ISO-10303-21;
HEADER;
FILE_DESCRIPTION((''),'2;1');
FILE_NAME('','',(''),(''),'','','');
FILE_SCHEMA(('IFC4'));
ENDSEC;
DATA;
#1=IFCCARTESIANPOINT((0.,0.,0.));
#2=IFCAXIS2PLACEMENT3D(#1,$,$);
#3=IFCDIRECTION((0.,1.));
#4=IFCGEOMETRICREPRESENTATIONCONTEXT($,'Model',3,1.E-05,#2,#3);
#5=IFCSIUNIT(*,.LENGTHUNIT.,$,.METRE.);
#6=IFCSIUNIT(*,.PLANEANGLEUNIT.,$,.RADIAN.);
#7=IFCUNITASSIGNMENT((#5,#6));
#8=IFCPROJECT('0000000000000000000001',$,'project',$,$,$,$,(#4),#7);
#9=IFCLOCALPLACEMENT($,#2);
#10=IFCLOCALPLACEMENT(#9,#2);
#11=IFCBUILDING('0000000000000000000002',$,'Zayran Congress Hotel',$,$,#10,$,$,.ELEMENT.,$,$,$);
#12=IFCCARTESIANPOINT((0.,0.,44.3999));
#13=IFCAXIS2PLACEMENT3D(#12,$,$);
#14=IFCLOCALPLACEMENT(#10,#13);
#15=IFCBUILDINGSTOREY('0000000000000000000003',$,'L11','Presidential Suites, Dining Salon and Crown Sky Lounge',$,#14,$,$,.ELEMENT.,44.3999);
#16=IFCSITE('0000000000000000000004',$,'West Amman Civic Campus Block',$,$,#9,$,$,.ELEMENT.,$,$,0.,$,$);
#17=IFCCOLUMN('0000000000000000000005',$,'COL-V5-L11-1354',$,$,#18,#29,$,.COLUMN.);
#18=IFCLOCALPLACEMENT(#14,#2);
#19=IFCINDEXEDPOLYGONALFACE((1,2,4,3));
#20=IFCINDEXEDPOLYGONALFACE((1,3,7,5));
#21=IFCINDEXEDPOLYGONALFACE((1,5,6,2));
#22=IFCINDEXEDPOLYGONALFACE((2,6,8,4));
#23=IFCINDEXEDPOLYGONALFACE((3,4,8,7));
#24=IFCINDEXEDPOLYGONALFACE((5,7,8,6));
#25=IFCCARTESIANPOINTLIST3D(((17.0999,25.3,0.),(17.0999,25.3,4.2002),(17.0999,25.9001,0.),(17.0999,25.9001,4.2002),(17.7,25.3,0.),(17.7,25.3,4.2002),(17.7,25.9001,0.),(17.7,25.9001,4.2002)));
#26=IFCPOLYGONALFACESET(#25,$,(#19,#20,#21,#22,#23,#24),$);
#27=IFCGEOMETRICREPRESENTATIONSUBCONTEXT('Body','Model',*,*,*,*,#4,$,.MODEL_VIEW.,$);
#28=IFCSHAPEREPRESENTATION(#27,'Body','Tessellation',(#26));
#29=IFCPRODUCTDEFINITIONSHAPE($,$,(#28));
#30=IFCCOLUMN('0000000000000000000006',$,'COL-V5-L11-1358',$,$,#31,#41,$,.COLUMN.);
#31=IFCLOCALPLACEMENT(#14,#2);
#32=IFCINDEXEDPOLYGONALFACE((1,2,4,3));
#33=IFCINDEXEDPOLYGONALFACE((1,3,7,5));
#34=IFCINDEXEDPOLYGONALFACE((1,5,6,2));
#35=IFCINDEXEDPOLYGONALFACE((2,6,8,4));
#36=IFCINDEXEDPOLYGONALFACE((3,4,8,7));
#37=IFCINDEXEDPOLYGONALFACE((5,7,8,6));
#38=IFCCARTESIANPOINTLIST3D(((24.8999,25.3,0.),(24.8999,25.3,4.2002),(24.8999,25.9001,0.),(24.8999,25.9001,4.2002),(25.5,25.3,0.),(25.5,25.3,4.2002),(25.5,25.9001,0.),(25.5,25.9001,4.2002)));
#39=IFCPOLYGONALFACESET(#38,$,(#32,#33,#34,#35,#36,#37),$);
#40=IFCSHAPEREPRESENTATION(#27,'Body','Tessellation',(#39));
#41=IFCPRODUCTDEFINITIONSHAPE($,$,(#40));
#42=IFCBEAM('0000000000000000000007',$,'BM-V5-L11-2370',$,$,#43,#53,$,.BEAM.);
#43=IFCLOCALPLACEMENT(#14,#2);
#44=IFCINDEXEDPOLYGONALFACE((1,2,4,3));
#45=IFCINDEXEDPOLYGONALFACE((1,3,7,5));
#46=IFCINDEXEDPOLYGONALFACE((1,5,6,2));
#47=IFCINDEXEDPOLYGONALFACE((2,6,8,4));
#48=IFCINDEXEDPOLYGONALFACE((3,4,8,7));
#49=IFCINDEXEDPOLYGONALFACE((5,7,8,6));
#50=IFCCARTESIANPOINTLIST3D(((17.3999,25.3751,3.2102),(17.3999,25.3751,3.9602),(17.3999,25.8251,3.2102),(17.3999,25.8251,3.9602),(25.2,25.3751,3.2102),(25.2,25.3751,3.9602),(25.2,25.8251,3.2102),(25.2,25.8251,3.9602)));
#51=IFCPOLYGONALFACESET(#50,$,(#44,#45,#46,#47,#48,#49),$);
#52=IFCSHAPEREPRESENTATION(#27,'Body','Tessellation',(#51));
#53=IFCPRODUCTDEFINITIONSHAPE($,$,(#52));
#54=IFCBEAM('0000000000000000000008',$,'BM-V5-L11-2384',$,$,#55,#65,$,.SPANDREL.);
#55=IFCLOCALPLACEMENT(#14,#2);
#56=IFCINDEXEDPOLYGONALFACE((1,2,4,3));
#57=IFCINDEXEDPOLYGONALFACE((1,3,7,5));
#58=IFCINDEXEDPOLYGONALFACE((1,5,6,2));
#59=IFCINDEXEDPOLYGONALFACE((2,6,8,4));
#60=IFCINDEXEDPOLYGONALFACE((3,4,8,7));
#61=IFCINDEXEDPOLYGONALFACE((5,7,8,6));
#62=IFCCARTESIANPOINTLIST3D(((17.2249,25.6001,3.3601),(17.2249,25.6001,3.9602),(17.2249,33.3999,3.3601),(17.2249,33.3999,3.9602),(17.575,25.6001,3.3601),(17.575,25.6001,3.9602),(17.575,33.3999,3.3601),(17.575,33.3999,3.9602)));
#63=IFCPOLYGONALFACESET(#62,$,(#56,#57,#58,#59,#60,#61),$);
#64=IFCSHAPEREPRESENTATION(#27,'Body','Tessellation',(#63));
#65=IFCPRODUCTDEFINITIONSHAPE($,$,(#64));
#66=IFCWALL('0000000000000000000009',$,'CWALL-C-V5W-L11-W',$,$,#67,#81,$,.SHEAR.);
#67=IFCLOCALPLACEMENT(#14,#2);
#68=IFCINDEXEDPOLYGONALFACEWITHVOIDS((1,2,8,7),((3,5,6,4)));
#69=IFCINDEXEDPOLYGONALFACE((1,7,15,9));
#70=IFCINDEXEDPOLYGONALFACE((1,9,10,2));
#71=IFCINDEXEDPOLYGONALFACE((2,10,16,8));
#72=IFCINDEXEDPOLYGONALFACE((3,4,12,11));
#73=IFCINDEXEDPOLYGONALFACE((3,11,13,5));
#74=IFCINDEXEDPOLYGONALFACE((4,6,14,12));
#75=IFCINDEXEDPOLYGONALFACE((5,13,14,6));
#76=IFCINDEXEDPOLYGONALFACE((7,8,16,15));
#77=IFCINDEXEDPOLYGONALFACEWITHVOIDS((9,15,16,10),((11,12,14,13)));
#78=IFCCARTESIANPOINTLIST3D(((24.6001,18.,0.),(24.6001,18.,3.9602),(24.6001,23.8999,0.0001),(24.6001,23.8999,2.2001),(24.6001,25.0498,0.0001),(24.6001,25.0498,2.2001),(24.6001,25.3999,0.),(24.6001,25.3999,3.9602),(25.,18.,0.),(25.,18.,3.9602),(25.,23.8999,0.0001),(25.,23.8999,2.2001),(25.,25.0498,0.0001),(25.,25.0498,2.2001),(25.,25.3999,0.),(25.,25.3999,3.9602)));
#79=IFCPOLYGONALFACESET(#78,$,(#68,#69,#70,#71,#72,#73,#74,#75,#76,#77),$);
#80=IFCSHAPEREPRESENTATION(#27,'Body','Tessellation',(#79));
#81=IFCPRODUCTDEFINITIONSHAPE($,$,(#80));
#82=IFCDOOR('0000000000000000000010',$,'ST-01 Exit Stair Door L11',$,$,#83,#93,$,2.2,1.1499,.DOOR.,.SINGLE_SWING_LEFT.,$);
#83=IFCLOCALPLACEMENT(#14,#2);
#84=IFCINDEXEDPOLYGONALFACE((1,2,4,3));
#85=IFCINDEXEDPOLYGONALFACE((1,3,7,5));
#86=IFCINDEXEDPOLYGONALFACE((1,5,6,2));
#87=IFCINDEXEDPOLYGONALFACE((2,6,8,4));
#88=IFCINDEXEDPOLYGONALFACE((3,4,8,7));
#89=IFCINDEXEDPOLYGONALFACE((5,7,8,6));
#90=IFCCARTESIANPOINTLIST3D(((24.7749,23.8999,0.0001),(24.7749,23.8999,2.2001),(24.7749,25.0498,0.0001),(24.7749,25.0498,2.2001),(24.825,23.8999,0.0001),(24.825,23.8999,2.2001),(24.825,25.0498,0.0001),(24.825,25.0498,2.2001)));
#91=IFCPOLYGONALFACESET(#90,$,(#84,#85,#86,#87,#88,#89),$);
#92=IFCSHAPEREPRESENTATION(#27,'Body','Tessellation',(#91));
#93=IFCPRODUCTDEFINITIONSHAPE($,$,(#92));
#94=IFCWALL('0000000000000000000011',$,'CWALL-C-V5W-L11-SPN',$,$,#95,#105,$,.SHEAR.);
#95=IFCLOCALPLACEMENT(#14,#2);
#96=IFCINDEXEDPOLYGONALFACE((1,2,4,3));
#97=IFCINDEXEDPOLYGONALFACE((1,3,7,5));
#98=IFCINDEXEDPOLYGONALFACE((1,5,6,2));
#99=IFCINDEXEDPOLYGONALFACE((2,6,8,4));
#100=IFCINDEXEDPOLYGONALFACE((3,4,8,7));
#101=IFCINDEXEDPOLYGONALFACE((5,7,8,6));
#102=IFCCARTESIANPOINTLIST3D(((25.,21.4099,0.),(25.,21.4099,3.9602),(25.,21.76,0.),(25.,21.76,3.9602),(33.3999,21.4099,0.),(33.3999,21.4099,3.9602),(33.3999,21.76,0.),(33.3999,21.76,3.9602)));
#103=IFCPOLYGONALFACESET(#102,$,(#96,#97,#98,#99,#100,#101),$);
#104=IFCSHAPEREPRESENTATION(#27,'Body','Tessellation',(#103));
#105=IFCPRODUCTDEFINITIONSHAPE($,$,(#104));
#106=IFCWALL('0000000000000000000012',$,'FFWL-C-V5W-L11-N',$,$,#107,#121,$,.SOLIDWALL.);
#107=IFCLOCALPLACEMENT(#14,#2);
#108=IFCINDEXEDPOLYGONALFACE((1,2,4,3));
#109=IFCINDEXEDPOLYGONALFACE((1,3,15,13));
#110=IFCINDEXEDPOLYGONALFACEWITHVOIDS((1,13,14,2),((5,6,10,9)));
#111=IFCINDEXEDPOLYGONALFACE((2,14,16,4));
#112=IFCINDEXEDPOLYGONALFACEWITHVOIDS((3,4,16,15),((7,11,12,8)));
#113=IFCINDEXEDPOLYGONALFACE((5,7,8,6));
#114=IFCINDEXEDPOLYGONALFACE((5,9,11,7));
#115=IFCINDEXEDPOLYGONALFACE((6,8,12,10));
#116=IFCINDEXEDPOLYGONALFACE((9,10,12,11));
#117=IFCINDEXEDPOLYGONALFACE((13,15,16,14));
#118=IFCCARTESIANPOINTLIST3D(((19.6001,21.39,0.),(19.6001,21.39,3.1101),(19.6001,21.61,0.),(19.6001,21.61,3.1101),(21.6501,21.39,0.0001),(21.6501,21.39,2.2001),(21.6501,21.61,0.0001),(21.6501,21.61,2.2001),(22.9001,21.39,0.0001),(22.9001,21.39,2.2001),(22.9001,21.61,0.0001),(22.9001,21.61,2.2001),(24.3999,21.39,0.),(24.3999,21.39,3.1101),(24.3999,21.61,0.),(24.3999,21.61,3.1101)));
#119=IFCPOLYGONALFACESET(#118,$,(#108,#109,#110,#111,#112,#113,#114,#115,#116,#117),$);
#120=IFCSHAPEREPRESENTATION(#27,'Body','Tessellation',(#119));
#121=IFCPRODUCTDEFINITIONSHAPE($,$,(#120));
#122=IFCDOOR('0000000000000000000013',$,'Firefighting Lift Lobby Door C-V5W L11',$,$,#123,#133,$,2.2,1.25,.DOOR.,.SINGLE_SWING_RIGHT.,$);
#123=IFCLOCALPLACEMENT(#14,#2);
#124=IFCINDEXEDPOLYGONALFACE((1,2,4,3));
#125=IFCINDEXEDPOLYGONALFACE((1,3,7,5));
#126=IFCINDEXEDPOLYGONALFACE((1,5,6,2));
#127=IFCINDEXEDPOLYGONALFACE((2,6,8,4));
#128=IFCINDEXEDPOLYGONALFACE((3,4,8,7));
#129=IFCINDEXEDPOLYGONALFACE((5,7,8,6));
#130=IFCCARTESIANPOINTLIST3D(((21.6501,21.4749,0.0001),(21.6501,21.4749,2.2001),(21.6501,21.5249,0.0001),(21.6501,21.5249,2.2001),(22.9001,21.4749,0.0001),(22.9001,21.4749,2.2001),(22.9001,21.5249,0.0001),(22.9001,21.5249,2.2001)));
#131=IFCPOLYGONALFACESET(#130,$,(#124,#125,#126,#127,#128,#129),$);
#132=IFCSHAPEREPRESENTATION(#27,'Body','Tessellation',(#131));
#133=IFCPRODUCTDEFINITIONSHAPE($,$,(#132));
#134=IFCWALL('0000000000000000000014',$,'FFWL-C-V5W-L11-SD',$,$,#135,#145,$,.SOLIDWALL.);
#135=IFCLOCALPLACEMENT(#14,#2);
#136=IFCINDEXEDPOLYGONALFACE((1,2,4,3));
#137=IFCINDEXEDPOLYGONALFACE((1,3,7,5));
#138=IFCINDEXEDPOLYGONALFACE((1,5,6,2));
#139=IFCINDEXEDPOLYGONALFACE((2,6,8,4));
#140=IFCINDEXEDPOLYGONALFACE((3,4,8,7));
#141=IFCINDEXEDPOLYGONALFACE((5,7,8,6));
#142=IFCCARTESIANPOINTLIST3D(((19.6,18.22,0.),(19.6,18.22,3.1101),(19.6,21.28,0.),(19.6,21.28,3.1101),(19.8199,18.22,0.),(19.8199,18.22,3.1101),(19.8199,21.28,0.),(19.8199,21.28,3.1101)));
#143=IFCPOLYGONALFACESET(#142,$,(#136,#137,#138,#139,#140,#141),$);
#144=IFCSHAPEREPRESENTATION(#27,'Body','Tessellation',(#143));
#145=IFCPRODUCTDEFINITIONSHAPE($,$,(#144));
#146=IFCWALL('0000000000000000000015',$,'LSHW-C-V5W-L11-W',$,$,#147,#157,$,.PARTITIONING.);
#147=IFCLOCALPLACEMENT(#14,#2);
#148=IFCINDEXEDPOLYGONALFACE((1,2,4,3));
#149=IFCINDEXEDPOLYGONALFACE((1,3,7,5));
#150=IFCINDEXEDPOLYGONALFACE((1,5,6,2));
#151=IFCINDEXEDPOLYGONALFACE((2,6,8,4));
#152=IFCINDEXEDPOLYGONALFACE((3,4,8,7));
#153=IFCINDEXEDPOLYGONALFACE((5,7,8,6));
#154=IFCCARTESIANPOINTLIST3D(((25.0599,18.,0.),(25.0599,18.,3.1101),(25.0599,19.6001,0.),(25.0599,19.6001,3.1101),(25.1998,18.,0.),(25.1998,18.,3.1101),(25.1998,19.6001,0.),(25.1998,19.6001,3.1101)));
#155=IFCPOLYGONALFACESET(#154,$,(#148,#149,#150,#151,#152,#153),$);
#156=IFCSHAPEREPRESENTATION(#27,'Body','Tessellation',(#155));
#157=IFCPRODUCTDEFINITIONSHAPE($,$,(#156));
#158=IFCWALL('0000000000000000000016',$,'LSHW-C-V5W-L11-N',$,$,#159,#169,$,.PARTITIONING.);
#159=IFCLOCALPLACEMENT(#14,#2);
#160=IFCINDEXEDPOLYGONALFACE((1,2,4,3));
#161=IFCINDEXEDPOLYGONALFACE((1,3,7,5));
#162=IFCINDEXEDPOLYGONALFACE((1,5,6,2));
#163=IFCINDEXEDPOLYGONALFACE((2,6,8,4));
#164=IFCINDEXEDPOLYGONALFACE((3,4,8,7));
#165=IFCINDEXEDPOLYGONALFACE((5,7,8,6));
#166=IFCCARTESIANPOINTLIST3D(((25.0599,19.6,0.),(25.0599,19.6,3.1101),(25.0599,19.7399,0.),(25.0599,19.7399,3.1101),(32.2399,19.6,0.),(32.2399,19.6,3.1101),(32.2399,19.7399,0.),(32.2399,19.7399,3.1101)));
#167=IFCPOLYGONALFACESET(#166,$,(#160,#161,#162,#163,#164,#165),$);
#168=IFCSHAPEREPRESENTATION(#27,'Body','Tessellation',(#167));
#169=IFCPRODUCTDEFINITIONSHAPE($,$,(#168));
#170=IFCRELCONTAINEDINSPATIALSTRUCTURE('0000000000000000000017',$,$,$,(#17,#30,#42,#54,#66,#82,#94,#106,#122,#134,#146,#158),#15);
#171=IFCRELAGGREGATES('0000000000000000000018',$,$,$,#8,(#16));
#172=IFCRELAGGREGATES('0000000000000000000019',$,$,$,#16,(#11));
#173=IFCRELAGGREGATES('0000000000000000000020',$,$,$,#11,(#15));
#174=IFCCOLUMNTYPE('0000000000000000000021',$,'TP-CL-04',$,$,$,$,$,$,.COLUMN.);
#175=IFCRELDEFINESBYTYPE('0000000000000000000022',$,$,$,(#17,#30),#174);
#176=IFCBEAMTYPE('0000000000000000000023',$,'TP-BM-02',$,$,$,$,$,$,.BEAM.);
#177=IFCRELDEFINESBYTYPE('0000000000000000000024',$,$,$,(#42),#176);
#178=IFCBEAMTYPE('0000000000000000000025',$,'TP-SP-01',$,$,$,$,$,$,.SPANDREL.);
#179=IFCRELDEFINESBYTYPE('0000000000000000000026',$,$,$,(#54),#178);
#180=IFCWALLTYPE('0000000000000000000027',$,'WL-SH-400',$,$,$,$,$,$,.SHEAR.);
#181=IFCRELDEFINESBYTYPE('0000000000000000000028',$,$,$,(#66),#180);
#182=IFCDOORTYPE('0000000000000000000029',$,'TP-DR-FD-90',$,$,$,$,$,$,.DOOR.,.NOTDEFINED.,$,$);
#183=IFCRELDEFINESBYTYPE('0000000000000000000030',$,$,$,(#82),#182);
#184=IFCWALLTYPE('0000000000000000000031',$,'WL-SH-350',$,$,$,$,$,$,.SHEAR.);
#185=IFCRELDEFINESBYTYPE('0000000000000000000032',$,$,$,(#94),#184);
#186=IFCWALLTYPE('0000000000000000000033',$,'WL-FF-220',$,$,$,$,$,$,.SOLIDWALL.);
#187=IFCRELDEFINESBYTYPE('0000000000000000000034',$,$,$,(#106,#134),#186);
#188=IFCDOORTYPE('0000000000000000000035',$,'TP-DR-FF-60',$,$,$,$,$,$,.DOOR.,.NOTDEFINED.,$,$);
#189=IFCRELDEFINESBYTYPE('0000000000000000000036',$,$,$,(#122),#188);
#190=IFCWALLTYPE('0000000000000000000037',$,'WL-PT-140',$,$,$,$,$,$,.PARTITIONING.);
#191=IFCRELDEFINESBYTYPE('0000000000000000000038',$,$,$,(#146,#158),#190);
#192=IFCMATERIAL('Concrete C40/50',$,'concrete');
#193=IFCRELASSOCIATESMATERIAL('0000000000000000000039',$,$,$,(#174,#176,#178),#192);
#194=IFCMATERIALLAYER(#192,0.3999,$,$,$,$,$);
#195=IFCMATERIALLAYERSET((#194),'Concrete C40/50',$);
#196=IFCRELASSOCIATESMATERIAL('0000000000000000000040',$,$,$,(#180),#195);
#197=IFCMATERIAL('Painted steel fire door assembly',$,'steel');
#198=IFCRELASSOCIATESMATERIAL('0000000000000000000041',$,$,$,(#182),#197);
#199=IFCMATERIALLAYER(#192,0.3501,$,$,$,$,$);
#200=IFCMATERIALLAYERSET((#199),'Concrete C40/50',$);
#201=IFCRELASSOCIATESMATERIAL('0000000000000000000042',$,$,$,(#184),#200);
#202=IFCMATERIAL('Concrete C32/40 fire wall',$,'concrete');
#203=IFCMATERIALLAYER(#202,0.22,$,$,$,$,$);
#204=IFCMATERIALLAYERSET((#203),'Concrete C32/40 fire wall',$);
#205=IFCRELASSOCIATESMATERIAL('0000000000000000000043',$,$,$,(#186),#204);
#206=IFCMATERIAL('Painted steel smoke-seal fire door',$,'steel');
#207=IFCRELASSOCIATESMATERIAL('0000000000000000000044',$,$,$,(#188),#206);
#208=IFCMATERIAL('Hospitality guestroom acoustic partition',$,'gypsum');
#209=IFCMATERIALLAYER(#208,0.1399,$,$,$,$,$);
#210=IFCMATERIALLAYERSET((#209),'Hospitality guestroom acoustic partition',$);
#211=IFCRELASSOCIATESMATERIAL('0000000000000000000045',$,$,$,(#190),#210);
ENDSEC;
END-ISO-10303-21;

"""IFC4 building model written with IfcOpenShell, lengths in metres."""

from ifc_helpers import new_model, si_unit, direction, frame, frame_2d, origin, origin_2d, place, context, subcontext, project, spatial, rectangle, extrude, material, layer, layer_set, material_profile, profile_set, type_object, element, fill, save


model = new_model("IFC4")

# Units and contexts
model_context = context("Model", 3, precision=1e-05, world=origin(), true_north=direction((0.0, 1.0)))
body_context = subcontext(model_context, "Body", "Model", "MODEL_VIEW")
ifc_project = project(units=[si_unit("LENGTHUNIT", "METRE"), si_unit("PLANEANGLEUNIT", "RADIAN")], contexts=[model_context])

# Site, building, storey
site_placement = place(None, origin())
site = spatial("IfcSite", under=ifc_project, at=site_placement, Name="West Amman Civic Campus Block", CompositionType="ELEMENT", RefElevation=0.0)
building_placement = place(site_placement, origin())
building = spatial("IfcBuilding", under=site, at=building_placement, Name="Zayran Congress Hotel", CompositionType="ELEMENT")
storey_placement = place(building_placement, frame((0.0, 0.0, 44.3999)))
storey = spatial("IfcBuildingStorey", under=building, at=storey_placement, Name="L11", Description="Presidential Suites, Dining Salon and Crown Sky Lounge", CompositionType="ELEMENT", Elevation=44.3999)

# Columns
ifc_material_1 = material(Name="Concrete C40/50", Category="concrete")
ifc_material_profile_1 = material_profile(ifc_material_1, rectangle(XDim=0.6001, YDim=0.6001, at=origin_2d()), Name="RC 600x600")
ifc_profile_set_1 = profile_set([ifc_material_profile_1], Name="Concrete C40/50")
column_type = type_object("IfcColumnType", Name="TP-CL-04", PredefinedType="COLUMN", material=ifc_profile_set_1)
for number, where, z_axis, x_axis, name in (
    (1, (17.3999, 25.6001, 0.0), (0.0, 0.0, 1.0), (1.0, 0.0, 0.0), "COL-V5-L11-1354"),
    (2, (25.2, 25.6001, 0.0), (0.0, 0.0, 1.0), (1.0, 0.0, 0.0), "COL-V5-L11-1358"),
):
    element("IfcColumn", number, at=place(storey_placement, frame(where, z_axis=z_axis, x_axis=x_axis)), inside=storey, type_object=column_type, Name=name, PredefinedType="COLUMN", context=body_context, shape_type="SweptSolid", body=[
        extrude(rectangle(XDim=0.6001, YDim=0.6001, at=origin_2d()), origin(), (0.0, 0.0, 1.0), 4.2002),
    ])

# Beams
ifc_material_profile_2 = material_profile(ifc_material_1, rectangle(XDim=0.45, YDim=0.75, at=origin_2d()), Name="RC 450x750")
ifc_profile_set_2 = profile_set([ifc_material_profile_2], Name="Concrete C40/50")
beam_type_1 = type_object("IfcBeamType", Name="TP-BM-02", PredefinedType="BEAM", material=ifc_profile_set_2)
beam_1_placement = place(storey_placement, frame((17.3999, 25.6001, 3.5852), z_axis=(1.0, 0.0, 0.0), x_axis=(0.0, 1.0, 0.0)))
element("IfcBeam", 3, at=beam_1_placement, inside=storey, type_object=beam_type_1, Name="BM-V5-L11-2370", PredefinedType="BEAM", context=body_context, shape_type="SweptSolid", body=[
    extrude(rectangle(XDim=0.45, YDim=0.75, at=origin_2d()), origin(), (0.0, 0.0, 1.0), 7.8),
])
ifc_material_profile_3 = material_profile(ifc_material_1, rectangle(XDim=0.3501, YDim=0.6001, at=origin_2d()), Name="RC 350x600")
ifc_profile_set_3 = profile_set([ifc_material_profile_3], Name="Concrete C40/50")
beam_type_2 = type_object("IfcBeamType", Name="TP-SP-01", PredefinedType="SPANDREL", material=ifc_profile_set_3)
beam_2_placement = place(storey_placement, frame((17.3999, 25.6001, 3.6602), z_axis=(0.0, 1.0, 0.0), x_axis=(-1.0, 0.0, 0.0)))
element("IfcBeam", 4, at=beam_2_placement, inside=storey, type_object=beam_type_2, Name="BM-V5-L11-2384", PredefinedType="SPANDREL", context=body_context, shape_type="SweptSolid", body=[
    extrude(rectangle(XDim=0.3501, YDim=0.6001, at=origin_2d()), origin(), (0.0, 0.0, 1.0), 7.7998),
])

# Wall, opening, door
ifc_layer_1 = layer(ifc_material_1, 0.3999)
ifc_layer_set_1 = layer_set([ifc_layer_1], Name="Concrete C40/50")
wall_type_1 = type_object("IfcWallType", Name="WL-SH-400", PredefinedType="SHEAR", material=ifc_layer_set_1)
wall_1_placement = place(storey_placement, frame((24.8, 25.3999, 0.0), z_axis=(0.0, 0.0, 1.0), x_axis=(0.0, -1.0, 0.0)))
wall_1 = element("IfcWall", 5, at=wall_1_placement, inside=storey, type_object=wall_type_1, Name="CWALL-C-V5W-L11-W", PredefinedType="SHEAR", context=body_context, shape_type="SweptSolid", body=[
    extrude(rectangle(XDim=7.3999, YDim=0.3999, at=frame_2d((3.7, 0.0))), origin(), (0.0, 0.0, 1.0), 3.9602),
])
opening_1_placement = place(wall_1_placement, frame((0.3501, 0.0, 0.0)))
opening_1 = element("IfcOpeningElement", 6, at=opening_1_placement, cuts=wall_1, PredefinedType="OPENING", context=body_context, shape_type="SweptSolid", body=[
    extrude(rectangle(XDim=1.1499, YDim=2.2, at=frame_2d((0.575, 1.1001))), frame((0.0, 0.21, 0.0), z_axis=(0.0, -1.0, 0.0), x_axis=(1.0, 0.0, 0.0)), (0.0, 0.0, 1.0), 0.4199),
])
ifc_material_2 = material(Name="Painted steel fire door assembly", Category="steel")
door_type_1 = type_object("IfcDoorType", Name="TP-DR-FD-90", OperationType="NOTDEFINED", PredefinedType="DOOR", material=ifc_material_2)
door_1_placement = place(opening_1_placement, origin())
door_1 = element("IfcDoor", 7, at=door_1_placement, inside=storey, type_object=door_type_1, Name="ST-01 Exit Stair Door L11", OperationType="SINGLE_SWING_LEFT", OverallHeight=2.2, OverallWidth=1.1499, PredefinedType="DOOR", context=body_context, shape_type="SweptSolid", body=[
    extrude(rectangle(XDim=1.1499, YDim=2.2, at=frame_2d((0.575, 1.1001))), frame((0.0, 0.0249, 0.0), z_axis=(0.0, -1.0, 0.0), x_axis=(1.0, 0.0, 0.0)), (0.0, 0.0, 1.0), 0.05),
])
fill(opening_1, door_1)

# Wall
ifc_layer_2 = layer(ifc_material_1, 0.3501)
ifc_layer_set_2 = layer_set([ifc_layer_2], Name="Concrete C40/50")
wall_type_2 = type_object("IfcWallType", Name="WL-SH-350", PredefinedType="SHEAR", material=ifc_layer_set_2)
wall_2_placement = place(storey_placement, frame((25.0, 21.585, 0.0), z_axis=(0.0, 0.0, 1.0), x_axis=(1.0, 0.0, 0.0)))
element("IfcWall", 8, at=wall_2_placement, inside=storey, type_object=wall_type_2, Name="CWALL-C-V5W-L11-SPN", PredefinedType="SHEAR", context=body_context, shape_type="SweptSolid", body=[
    extrude(rectangle(XDim=8.3999, YDim=0.3501, at=frame_2d((4.2, 0.0))), origin(), (0.0, 0.0, 1.0), 3.9602),
])

# Wall, opening, door
ifc_material_3 = material(Name="Concrete C32/40 fire wall", Category="concrete")
ifc_layer_3 = layer(ifc_material_3, 0.22)
ifc_layer_set_3 = layer_set([ifc_layer_3], Name="Concrete C32/40 fire wall")
wall_type_3 = type_object("IfcWallType", Name="WL-FF-220", PredefinedType="SOLIDWALL", material=ifc_layer_set_3)
wall_3_placement = place(storey_placement, frame((19.6001, 21.5, 0.0), z_axis=(0.0, 0.0, 1.0), x_axis=(1.0, 0.0, 0.0)))
wall_3 = element("IfcWall", 9, at=wall_3_placement, inside=storey, type_object=wall_type_3, Name="FFWL-C-V5W-L11-N", PredefinedType="SOLIDWALL", context=body_context, shape_type="SweptSolid", body=[
    extrude(rectangle(XDim=4.7998, YDim=0.22, at=frame_2d((2.3999, 0.0))), origin(), (0.0, 0.0, 1.0), 3.1101),
])
opening_2_placement = place(wall_3_placement, frame((2.05, 0.0, 0.0)))
opening_2 = element("IfcOpeningElement", 10, at=opening_2_placement, cuts=wall_3, PredefinedType="OPENING", context=body_context, shape_type="SweptSolid", body=[
    extrude(rectangle(XDim=1.25, YDim=2.2, at=frame_2d((0.625, 1.1001))), frame((0.0, 0.1199, 0.0), z_axis=(0.0, -1.0, 0.0), x_axis=(1.0, 0.0, 0.0)), (0.0, 0.0, 1.0), 0.24),
])
ifc_material_4 = material(Name="Painted steel smoke-seal fire door", Category="steel")
door_type_2 = type_object("IfcDoorType", Name="TP-DR-FF-60", OperationType="NOTDEFINED", PredefinedType="DOOR", material=ifc_material_4)
door_2_placement = place(opening_2_placement, origin())
door_2 = element("IfcDoor", 11, at=door_2_placement, inside=storey, type_object=door_type_2, Name="Firefighting Lift Lobby Door C-V5W L11", OperationType="SINGLE_SWING_RIGHT", OverallHeight=2.2, OverallWidth=1.25, PredefinedType="DOOR", context=body_context, shape_type="SweptSolid", body=[
    extrude(rectangle(XDim=1.25, YDim=2.2, at=frame_2d((0.625, 1.1001))), frame((0.0, 0.0249, 0.0), z_axis=(0.0, -1.0, 0.0), x_axis=(1.0, 0.0, 0.0)), (0.0, 0.0, 1.0), 0.05),
])
fill(opening_2, door_2)

# Walls
wall_4_placement = place(storey_placement, frame((19.71, 18.22, 0.0), z_axis=(0.0, 0.0, 1.0), x_axis=(0.0, 1.0, 0.0)))
element("IfcWall", 12, at=wall_4_placement, inside=storey, type_object=wall_type_3, Name="FFWL-C-V5W-L11-SD", PredefinedType="SOLIDWALL", context=body_context, shape_type="SweptSolid", body=[
    extrude(rectangle(XDim=3.0601, YDim=0.22, at=frame_2d((1.53, 0.0))), origin(), (0.0, 0.0, 1.0), 3.1101),
])
ifc_material_5 = material(Name="Hospitality guestroom acoustic partition", Category="gypsum")
ifc_layer_4 = layer(ifc_material_5, 0.1399)
ifc_layer_set_4 = layer_set([ifc_layer_4], Name="Hospitality guestroom acoustic partition")
wall_type_4 = type_object("IfcWallType", Name="WL-PT-140", PredefinedType="PARTITIONING", material=ifc_layer_set_4)
wall_5_placement = place(storey_placement, frame((25.1299, 18.0, 0.0), z_axis=(0.0, 0.0, 1.0), x_axis=(0.0, 1.0, 0.0)))
element("IfcWall", 13, at=wall_5_placement, inside=storey, type_object=wall_type_4, Name="LSHW-C-V5W-L11-W", PredefinedType="PARTITIONING", context=body_context, shape_type="SweptSolid", body=[
    extrude(rectangle(XDim=1.6001, YDim=0.1399, at=frame_2d((0.8, 0.0))), origin(), (0.0, 0.0, 1.0), 3.1101),
])
wall_6_placement = place(storey_placement, frame((25.0601, 19.6699, 0.0), z_axis=(0.0, 0.0, 1.0), x_axis=(1.0, 0.0, 0.0)))
element("IfcWall", 14, at=wall_6_placement, inside=storey, type_object=wall_type_4, Name="LSHW-C-V5W-L11-N", PredefinedType="PARTITIONING", context=body_context, shape_type="SweptSolid", body=[
    extrude(rectangle(XDim=7.1799, YDim=0.1399, at=frame_2d((3.5898, 0.0))), origin(), (0.0, 0.0, 1.0), 3.1101),
])

save(model, "model.ifc")
